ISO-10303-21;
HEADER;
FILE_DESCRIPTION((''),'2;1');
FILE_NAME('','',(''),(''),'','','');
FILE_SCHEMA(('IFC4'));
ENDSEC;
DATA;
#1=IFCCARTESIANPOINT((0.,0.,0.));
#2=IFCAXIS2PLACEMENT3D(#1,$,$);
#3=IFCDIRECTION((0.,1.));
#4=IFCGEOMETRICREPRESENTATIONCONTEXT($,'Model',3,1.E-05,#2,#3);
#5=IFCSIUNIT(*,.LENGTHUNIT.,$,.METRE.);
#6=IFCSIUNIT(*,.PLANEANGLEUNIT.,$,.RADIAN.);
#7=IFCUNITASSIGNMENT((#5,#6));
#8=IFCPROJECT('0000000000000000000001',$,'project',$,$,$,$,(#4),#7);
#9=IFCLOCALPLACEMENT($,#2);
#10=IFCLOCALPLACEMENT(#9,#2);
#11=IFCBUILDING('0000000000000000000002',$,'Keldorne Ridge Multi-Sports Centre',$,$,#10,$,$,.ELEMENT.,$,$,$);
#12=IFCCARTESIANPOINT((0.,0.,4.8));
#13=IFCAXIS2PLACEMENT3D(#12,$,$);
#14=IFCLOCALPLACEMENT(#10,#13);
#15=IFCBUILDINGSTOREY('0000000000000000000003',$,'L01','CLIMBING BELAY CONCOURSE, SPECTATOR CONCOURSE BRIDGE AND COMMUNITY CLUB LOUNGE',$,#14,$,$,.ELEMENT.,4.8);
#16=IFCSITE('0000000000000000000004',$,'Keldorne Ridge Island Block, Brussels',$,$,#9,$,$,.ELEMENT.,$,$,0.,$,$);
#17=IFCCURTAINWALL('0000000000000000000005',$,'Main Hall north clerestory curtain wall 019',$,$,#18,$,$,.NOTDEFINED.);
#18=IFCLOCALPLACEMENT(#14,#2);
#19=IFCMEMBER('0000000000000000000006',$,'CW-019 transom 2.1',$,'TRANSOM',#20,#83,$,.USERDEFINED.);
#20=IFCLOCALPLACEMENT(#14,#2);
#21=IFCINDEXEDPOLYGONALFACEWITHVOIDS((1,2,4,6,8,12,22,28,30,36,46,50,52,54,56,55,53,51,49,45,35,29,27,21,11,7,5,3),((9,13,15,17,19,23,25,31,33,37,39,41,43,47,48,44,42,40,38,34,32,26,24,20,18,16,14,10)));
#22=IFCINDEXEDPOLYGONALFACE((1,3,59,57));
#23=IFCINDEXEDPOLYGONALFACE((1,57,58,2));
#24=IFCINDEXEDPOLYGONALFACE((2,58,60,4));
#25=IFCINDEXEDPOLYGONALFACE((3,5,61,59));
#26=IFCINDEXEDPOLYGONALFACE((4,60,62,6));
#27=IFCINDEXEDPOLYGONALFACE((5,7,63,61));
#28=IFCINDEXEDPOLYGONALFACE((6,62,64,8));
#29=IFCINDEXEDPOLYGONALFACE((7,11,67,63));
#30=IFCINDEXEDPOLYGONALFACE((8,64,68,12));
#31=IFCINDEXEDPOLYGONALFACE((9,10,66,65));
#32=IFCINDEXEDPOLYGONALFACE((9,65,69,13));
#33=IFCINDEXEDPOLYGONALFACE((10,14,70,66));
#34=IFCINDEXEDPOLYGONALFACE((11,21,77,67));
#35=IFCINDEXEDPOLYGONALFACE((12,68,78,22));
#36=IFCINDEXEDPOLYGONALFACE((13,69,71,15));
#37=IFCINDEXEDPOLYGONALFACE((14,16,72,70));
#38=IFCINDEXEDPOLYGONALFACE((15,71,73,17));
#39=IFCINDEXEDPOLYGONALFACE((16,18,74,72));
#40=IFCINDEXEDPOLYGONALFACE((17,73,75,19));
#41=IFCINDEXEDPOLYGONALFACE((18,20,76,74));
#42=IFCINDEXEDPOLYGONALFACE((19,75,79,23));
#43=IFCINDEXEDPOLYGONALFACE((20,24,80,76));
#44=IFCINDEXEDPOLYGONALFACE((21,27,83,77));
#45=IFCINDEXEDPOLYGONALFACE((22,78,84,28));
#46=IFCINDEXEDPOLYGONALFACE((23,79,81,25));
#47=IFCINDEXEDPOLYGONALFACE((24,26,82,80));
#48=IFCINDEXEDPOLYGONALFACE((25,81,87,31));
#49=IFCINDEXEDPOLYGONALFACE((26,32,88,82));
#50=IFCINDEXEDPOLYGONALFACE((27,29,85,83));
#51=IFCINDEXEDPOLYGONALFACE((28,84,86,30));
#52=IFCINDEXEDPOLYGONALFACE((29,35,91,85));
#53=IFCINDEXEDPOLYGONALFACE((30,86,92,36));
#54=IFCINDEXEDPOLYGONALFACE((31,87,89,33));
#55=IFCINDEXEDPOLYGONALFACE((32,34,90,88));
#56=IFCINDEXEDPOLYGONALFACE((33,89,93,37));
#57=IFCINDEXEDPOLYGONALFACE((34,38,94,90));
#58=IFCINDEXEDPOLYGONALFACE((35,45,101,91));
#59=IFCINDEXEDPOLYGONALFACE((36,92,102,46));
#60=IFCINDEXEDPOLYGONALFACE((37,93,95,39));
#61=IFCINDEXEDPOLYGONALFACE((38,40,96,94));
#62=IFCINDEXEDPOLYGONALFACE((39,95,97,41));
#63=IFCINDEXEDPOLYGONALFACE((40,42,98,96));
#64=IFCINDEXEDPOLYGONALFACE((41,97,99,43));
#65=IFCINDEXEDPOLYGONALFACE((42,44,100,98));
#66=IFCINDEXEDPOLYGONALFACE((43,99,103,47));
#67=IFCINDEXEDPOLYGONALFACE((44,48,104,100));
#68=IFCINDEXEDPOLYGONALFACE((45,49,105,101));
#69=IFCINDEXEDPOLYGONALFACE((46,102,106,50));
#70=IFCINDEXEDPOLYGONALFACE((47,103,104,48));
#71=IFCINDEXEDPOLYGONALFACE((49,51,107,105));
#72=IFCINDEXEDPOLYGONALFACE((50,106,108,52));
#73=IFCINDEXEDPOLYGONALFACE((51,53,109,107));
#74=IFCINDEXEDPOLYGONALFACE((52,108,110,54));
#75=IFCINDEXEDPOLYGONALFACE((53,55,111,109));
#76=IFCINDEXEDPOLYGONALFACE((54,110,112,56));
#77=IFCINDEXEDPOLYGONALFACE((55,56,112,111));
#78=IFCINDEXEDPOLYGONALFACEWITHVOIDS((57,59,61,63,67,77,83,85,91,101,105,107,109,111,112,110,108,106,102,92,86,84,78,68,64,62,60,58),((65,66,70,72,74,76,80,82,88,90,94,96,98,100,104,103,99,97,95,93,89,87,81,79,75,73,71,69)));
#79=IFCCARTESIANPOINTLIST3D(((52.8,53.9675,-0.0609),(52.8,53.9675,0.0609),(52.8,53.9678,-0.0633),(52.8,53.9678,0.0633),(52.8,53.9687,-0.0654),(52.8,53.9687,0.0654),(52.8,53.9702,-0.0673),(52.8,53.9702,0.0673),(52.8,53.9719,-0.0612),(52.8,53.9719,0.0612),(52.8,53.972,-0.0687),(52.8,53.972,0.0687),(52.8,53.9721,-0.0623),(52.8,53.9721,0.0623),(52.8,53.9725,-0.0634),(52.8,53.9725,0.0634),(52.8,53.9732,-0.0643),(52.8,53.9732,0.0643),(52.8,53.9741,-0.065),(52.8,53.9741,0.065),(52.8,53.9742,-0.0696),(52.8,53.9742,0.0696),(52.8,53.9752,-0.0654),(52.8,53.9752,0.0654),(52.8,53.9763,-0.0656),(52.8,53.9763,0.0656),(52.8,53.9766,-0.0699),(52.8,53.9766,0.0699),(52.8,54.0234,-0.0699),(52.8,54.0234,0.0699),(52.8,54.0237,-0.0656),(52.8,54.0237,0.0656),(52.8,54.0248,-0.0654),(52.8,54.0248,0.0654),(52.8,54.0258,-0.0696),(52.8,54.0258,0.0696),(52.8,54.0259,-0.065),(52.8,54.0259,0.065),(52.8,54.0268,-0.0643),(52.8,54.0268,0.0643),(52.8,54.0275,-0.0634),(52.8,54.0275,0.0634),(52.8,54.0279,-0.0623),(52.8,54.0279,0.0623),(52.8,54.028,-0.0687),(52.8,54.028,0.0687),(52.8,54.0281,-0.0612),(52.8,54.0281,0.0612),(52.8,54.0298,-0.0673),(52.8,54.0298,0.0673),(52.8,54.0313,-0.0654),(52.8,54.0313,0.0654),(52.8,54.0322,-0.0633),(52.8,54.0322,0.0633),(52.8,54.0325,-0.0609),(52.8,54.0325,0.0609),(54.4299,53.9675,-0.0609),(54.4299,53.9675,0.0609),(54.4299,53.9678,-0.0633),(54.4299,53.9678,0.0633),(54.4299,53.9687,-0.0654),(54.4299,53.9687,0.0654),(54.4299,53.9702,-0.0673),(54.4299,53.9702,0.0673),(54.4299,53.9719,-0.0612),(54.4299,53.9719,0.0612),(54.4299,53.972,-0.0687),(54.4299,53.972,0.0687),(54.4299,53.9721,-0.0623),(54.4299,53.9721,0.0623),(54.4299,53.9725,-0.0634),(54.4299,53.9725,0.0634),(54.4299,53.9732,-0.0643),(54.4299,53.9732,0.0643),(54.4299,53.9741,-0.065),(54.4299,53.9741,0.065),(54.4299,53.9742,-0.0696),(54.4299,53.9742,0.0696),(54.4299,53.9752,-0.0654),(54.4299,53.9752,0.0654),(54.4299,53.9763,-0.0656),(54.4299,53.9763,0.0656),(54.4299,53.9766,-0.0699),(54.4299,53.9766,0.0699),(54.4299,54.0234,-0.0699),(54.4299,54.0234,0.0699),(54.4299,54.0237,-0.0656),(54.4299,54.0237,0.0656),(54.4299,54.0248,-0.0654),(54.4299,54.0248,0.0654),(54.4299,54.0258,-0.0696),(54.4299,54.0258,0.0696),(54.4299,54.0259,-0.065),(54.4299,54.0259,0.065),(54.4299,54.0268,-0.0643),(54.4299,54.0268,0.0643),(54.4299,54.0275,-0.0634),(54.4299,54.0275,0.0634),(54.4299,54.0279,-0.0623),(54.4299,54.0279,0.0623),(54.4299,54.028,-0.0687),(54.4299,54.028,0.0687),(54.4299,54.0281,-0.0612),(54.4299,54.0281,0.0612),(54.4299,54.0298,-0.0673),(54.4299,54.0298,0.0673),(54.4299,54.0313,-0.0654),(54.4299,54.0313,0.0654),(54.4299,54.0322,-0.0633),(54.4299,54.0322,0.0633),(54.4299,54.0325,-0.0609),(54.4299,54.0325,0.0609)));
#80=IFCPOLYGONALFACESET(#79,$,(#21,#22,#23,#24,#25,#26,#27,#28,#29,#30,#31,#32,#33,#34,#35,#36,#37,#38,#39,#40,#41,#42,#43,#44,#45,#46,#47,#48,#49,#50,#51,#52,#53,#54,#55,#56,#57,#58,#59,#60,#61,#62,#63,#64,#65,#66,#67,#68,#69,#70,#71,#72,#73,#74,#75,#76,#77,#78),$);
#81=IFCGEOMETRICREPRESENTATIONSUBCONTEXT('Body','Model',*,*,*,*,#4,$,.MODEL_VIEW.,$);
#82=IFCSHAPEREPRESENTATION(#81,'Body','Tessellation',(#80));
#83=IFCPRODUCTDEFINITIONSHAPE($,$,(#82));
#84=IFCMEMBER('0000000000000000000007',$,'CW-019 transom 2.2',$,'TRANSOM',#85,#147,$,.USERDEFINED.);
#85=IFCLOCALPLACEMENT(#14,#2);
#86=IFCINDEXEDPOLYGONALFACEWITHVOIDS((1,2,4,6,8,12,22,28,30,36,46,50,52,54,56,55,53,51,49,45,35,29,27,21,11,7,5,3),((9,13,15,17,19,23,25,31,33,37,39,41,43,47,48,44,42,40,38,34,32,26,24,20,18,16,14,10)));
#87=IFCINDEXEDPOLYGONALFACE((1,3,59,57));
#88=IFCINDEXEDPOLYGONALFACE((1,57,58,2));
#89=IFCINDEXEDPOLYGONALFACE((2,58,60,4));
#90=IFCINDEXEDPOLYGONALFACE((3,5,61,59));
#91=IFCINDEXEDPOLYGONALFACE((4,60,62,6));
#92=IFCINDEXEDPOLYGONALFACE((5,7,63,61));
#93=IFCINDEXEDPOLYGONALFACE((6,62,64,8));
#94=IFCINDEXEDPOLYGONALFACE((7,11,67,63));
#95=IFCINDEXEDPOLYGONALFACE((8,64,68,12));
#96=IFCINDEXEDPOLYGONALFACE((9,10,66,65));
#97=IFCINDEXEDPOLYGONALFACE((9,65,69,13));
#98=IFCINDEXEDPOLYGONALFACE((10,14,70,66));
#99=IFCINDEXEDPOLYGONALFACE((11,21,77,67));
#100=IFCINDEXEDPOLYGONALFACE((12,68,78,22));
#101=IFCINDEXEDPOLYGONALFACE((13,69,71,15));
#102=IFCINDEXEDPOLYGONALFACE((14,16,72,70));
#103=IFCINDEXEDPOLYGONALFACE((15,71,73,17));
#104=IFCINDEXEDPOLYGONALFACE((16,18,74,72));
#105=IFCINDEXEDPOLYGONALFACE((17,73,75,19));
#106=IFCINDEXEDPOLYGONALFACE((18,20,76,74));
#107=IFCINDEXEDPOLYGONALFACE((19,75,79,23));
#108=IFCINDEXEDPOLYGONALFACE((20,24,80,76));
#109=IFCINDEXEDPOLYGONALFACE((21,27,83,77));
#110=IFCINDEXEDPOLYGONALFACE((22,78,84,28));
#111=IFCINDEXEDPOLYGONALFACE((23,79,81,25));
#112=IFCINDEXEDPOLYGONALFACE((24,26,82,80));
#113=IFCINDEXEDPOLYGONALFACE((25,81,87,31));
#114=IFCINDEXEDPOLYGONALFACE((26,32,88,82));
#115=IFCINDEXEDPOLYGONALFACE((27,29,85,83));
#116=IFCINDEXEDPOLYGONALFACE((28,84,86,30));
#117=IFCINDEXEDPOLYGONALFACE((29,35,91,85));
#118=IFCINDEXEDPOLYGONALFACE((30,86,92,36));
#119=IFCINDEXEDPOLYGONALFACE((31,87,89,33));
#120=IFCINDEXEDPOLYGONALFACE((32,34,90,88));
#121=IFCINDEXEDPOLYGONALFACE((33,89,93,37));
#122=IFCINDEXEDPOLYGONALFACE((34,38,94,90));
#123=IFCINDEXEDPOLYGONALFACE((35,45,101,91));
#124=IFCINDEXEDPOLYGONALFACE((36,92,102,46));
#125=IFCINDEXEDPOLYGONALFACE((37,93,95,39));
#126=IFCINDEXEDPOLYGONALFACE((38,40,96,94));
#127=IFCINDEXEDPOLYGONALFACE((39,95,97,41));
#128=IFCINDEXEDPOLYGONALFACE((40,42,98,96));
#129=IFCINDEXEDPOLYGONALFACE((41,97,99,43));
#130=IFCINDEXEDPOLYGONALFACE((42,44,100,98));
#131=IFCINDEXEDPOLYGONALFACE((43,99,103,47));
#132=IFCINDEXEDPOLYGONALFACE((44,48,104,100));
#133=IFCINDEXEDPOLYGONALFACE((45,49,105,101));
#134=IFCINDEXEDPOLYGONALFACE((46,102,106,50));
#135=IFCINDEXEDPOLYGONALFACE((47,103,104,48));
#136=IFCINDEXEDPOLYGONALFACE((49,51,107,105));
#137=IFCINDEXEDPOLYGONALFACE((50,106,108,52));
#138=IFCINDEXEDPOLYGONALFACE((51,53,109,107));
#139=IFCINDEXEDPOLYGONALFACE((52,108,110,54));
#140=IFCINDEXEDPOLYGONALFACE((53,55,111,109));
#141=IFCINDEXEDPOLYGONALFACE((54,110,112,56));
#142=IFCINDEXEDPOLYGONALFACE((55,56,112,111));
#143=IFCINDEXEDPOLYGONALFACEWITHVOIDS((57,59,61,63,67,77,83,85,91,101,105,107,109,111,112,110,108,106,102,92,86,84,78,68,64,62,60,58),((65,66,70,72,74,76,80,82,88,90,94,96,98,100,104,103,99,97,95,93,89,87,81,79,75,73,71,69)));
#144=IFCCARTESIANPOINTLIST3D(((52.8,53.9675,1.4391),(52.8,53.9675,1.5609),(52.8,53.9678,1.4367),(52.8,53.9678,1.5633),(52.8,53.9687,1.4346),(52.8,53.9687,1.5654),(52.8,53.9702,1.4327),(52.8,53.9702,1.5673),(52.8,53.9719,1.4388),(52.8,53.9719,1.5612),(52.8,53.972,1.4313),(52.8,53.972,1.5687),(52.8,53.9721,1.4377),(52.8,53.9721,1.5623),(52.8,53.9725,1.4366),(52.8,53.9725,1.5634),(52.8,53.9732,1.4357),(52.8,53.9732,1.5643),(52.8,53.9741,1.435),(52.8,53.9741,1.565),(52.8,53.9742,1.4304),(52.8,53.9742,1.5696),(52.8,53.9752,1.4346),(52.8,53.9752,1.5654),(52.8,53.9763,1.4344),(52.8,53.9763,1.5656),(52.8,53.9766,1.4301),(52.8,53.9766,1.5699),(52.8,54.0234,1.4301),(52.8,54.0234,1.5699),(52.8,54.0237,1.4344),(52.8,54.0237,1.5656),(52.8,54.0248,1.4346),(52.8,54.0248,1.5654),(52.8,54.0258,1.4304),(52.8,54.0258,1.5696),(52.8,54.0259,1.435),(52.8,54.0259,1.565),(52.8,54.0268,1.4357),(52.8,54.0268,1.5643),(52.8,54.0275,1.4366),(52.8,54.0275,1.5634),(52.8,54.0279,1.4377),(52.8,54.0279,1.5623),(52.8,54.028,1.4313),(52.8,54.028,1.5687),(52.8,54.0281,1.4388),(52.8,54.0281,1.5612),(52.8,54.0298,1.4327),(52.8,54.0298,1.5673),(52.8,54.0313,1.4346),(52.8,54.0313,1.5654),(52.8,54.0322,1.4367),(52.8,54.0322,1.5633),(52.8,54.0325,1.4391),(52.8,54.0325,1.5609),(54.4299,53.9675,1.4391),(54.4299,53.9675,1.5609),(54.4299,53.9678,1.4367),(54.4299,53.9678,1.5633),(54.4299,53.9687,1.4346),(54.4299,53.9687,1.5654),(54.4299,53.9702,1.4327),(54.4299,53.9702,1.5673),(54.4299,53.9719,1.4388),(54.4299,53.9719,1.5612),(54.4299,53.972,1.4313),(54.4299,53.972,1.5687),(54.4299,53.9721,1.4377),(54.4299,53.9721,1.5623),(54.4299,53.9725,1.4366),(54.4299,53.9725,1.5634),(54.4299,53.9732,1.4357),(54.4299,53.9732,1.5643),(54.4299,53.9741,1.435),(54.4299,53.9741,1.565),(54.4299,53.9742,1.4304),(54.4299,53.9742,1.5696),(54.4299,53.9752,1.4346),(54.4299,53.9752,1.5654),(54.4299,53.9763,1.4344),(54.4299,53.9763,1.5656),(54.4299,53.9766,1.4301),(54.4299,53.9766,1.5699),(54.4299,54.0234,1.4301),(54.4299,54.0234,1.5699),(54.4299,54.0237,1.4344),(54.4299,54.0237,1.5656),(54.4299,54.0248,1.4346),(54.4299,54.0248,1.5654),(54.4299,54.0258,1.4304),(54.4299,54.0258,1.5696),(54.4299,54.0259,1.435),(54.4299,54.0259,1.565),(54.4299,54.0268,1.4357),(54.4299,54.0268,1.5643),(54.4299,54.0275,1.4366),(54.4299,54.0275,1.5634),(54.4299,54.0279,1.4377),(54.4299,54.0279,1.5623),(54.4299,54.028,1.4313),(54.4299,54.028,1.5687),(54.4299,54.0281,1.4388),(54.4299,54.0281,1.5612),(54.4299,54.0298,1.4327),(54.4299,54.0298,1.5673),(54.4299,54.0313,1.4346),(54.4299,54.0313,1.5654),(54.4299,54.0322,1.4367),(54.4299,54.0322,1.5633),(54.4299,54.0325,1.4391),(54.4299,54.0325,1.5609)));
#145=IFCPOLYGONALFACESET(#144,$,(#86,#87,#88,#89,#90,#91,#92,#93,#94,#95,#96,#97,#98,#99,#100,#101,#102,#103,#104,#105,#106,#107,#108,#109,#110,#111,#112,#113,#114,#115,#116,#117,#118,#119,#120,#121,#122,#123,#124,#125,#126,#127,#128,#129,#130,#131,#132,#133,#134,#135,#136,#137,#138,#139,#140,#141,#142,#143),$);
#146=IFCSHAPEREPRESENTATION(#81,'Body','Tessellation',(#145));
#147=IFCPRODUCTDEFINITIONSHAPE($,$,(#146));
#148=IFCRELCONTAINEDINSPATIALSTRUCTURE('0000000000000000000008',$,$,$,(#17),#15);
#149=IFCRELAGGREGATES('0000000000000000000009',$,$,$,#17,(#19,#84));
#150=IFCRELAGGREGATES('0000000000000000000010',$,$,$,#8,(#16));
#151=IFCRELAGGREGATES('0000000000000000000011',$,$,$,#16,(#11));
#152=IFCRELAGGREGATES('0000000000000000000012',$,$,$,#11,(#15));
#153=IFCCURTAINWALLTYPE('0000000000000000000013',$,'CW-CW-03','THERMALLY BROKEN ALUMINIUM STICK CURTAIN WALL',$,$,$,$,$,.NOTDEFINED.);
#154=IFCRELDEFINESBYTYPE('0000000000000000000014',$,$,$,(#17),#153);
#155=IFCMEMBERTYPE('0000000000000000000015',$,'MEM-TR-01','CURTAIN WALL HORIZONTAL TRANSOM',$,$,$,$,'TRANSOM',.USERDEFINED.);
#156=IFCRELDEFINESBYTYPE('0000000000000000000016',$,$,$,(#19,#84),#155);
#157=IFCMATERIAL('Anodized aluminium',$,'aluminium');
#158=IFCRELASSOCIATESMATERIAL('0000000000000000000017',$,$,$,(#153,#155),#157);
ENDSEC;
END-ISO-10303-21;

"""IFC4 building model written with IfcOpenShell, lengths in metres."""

from ifc_helpers import new_model, si_unit, direction, frame, origin, origin_2d, place, context, subcontext, project, spatial, hollow_rectangle, extrude, material, material_profile, profile_set, type_object, element, aggregate, save


model = new_model("IFC4")

# Units and contexts
model_context = context("Model", 3, precision=1e-05, world=origin(), true_north=direction((0.0, 1.0)))
body_context = subcontext(model_context, "Body", "Model", "MODEL_VIEW")
ifc_project = project(units=[si_unit("LENGTHUNIT", "METRE"), si_unit("PLANEANGLEUNIT", "RADIAN")], contexts=[model_context])

# Site, building, storey
site_placement = place(None, origin())
site = spatial("IfcSite", under=ifc_project, at=site_placement, Name="Keldorne Ridge Island Block, Brussels", CompositionType="ELEMENT", RefElevation=0.0)
building_placement = place(site_placement, origin())
building = spatial("IfcBuilding", under=site, at=building_placement, Name="Keldorne Ridge Multi-Sports Centre", CompositionType="ELEMENT")
storey_placement = place(building_placement, frame((0.0, 0.0, 4.8)))
storey = spatial("IfcBuildingStorey", under=building, at=storey_placement, Name="L01", Description="CLIMBING BELAY CONCOURSE, SPECTATOR CONCOURSE BRIDGE AND COMMUNITY CLUB LOUNGE", CompositionType="ELEMENT", Elevation=4.8)

# Curtain wall
ifc_material_1 = material(Name="Anodized aluminium", Category="aluminium")
curtain_wall_type_1 = type_object("IfcCurtainWallType", Name="CW-CW-03", Description="THERMALLY BROKEN ALUMINIUM STICK CURTAIN WALL", PredefinedType="NOTDEFINED", material=ifc_material_1)
curtain_wall_1_placement = place(storey_placement, origin())
curtain_wall_1 = element("IfcCurtainWall", 1, at=curtain_wall_1_placement, inside=storey, type_object=curtain_wall_type_1, Name="Main Hall north clerestory curtain wall 019", PredefinedType="NOTDEFINED")

# Members
ifc_material_profile_1 = material_profile(ifc_material_1, hollow_rectangle(XDim=0.0649, YDim=0.1399, WallThickness=0.0044, InnerFilletRadius=0.0044, OuterFilletRadius=0.009, at=origin_2d()), Name="ALU TRANSOM 140x65x4.5")
ifc_profile_set_1 = profile_set([ifc_material_profile_1], Name="Anodized aluminium")
member_type_1 = type_object("IfcMemberType", Name="MEM-TR-01", Description="CURTAIN WALL HORIZONTAL TRANSOM", ElementType="TRANSOM", PredefinedType="USERDEFINED", material=ifc_profile_set_1)
member_1_placement = place(storey_placement, frame((54.4299, 54.0, 0.0), z_axis=(-1.0, 0.0, 0.0), x_axis=(0.0, -1.0, 0.0)))
member_1 = element("IfcMember", 2, at=member_1_placement, type_object=member_type_1, Name="CW-019 transom 2.1", ObjectType="TRANSOM", PredefinedType="USERDEFINED", context=body_context, shape_type="SweptSolid", body=[
    extrude(hollow_rectangle(XDim=0.0649, YDim=0.1399, WallThickness=0.0044, InnerFilletRadius=0.0044, OuterFilletRadius=0.009, at=origin_2d()), origin(), (0.0, 0.0, 1.0), 1.6299),
])
member_2_placement = place(storey_placement, frame((54.4299, 54.0, 1.5), z_axis=(-1.0, 0.0, 0.0), x_axis=(0.0, -1.0, 0.0)))
member_2 = element("IfcMember", 3, at=member_2_placement, type_object=member_type_1, Name="CW-019 transom 2.2", ObjectType="TRANSOM", PredefinedType="USERDEFINED", context=body_context, shape_type="SweptSolid", body=[
    extrude(hollow_rectangle(XDim=0.0649, YDim=0.1399, WallThickness=0.0044, InnerFilletRadius=0.0044, OuterFilletRadius=0.009, at=origin_2d()), origin(), (0.0, 0.0, 1.0), 1.6299),
])

aggregate(curtain_wall_1, [member_1, member_2])

save(model, "model.ifc")
